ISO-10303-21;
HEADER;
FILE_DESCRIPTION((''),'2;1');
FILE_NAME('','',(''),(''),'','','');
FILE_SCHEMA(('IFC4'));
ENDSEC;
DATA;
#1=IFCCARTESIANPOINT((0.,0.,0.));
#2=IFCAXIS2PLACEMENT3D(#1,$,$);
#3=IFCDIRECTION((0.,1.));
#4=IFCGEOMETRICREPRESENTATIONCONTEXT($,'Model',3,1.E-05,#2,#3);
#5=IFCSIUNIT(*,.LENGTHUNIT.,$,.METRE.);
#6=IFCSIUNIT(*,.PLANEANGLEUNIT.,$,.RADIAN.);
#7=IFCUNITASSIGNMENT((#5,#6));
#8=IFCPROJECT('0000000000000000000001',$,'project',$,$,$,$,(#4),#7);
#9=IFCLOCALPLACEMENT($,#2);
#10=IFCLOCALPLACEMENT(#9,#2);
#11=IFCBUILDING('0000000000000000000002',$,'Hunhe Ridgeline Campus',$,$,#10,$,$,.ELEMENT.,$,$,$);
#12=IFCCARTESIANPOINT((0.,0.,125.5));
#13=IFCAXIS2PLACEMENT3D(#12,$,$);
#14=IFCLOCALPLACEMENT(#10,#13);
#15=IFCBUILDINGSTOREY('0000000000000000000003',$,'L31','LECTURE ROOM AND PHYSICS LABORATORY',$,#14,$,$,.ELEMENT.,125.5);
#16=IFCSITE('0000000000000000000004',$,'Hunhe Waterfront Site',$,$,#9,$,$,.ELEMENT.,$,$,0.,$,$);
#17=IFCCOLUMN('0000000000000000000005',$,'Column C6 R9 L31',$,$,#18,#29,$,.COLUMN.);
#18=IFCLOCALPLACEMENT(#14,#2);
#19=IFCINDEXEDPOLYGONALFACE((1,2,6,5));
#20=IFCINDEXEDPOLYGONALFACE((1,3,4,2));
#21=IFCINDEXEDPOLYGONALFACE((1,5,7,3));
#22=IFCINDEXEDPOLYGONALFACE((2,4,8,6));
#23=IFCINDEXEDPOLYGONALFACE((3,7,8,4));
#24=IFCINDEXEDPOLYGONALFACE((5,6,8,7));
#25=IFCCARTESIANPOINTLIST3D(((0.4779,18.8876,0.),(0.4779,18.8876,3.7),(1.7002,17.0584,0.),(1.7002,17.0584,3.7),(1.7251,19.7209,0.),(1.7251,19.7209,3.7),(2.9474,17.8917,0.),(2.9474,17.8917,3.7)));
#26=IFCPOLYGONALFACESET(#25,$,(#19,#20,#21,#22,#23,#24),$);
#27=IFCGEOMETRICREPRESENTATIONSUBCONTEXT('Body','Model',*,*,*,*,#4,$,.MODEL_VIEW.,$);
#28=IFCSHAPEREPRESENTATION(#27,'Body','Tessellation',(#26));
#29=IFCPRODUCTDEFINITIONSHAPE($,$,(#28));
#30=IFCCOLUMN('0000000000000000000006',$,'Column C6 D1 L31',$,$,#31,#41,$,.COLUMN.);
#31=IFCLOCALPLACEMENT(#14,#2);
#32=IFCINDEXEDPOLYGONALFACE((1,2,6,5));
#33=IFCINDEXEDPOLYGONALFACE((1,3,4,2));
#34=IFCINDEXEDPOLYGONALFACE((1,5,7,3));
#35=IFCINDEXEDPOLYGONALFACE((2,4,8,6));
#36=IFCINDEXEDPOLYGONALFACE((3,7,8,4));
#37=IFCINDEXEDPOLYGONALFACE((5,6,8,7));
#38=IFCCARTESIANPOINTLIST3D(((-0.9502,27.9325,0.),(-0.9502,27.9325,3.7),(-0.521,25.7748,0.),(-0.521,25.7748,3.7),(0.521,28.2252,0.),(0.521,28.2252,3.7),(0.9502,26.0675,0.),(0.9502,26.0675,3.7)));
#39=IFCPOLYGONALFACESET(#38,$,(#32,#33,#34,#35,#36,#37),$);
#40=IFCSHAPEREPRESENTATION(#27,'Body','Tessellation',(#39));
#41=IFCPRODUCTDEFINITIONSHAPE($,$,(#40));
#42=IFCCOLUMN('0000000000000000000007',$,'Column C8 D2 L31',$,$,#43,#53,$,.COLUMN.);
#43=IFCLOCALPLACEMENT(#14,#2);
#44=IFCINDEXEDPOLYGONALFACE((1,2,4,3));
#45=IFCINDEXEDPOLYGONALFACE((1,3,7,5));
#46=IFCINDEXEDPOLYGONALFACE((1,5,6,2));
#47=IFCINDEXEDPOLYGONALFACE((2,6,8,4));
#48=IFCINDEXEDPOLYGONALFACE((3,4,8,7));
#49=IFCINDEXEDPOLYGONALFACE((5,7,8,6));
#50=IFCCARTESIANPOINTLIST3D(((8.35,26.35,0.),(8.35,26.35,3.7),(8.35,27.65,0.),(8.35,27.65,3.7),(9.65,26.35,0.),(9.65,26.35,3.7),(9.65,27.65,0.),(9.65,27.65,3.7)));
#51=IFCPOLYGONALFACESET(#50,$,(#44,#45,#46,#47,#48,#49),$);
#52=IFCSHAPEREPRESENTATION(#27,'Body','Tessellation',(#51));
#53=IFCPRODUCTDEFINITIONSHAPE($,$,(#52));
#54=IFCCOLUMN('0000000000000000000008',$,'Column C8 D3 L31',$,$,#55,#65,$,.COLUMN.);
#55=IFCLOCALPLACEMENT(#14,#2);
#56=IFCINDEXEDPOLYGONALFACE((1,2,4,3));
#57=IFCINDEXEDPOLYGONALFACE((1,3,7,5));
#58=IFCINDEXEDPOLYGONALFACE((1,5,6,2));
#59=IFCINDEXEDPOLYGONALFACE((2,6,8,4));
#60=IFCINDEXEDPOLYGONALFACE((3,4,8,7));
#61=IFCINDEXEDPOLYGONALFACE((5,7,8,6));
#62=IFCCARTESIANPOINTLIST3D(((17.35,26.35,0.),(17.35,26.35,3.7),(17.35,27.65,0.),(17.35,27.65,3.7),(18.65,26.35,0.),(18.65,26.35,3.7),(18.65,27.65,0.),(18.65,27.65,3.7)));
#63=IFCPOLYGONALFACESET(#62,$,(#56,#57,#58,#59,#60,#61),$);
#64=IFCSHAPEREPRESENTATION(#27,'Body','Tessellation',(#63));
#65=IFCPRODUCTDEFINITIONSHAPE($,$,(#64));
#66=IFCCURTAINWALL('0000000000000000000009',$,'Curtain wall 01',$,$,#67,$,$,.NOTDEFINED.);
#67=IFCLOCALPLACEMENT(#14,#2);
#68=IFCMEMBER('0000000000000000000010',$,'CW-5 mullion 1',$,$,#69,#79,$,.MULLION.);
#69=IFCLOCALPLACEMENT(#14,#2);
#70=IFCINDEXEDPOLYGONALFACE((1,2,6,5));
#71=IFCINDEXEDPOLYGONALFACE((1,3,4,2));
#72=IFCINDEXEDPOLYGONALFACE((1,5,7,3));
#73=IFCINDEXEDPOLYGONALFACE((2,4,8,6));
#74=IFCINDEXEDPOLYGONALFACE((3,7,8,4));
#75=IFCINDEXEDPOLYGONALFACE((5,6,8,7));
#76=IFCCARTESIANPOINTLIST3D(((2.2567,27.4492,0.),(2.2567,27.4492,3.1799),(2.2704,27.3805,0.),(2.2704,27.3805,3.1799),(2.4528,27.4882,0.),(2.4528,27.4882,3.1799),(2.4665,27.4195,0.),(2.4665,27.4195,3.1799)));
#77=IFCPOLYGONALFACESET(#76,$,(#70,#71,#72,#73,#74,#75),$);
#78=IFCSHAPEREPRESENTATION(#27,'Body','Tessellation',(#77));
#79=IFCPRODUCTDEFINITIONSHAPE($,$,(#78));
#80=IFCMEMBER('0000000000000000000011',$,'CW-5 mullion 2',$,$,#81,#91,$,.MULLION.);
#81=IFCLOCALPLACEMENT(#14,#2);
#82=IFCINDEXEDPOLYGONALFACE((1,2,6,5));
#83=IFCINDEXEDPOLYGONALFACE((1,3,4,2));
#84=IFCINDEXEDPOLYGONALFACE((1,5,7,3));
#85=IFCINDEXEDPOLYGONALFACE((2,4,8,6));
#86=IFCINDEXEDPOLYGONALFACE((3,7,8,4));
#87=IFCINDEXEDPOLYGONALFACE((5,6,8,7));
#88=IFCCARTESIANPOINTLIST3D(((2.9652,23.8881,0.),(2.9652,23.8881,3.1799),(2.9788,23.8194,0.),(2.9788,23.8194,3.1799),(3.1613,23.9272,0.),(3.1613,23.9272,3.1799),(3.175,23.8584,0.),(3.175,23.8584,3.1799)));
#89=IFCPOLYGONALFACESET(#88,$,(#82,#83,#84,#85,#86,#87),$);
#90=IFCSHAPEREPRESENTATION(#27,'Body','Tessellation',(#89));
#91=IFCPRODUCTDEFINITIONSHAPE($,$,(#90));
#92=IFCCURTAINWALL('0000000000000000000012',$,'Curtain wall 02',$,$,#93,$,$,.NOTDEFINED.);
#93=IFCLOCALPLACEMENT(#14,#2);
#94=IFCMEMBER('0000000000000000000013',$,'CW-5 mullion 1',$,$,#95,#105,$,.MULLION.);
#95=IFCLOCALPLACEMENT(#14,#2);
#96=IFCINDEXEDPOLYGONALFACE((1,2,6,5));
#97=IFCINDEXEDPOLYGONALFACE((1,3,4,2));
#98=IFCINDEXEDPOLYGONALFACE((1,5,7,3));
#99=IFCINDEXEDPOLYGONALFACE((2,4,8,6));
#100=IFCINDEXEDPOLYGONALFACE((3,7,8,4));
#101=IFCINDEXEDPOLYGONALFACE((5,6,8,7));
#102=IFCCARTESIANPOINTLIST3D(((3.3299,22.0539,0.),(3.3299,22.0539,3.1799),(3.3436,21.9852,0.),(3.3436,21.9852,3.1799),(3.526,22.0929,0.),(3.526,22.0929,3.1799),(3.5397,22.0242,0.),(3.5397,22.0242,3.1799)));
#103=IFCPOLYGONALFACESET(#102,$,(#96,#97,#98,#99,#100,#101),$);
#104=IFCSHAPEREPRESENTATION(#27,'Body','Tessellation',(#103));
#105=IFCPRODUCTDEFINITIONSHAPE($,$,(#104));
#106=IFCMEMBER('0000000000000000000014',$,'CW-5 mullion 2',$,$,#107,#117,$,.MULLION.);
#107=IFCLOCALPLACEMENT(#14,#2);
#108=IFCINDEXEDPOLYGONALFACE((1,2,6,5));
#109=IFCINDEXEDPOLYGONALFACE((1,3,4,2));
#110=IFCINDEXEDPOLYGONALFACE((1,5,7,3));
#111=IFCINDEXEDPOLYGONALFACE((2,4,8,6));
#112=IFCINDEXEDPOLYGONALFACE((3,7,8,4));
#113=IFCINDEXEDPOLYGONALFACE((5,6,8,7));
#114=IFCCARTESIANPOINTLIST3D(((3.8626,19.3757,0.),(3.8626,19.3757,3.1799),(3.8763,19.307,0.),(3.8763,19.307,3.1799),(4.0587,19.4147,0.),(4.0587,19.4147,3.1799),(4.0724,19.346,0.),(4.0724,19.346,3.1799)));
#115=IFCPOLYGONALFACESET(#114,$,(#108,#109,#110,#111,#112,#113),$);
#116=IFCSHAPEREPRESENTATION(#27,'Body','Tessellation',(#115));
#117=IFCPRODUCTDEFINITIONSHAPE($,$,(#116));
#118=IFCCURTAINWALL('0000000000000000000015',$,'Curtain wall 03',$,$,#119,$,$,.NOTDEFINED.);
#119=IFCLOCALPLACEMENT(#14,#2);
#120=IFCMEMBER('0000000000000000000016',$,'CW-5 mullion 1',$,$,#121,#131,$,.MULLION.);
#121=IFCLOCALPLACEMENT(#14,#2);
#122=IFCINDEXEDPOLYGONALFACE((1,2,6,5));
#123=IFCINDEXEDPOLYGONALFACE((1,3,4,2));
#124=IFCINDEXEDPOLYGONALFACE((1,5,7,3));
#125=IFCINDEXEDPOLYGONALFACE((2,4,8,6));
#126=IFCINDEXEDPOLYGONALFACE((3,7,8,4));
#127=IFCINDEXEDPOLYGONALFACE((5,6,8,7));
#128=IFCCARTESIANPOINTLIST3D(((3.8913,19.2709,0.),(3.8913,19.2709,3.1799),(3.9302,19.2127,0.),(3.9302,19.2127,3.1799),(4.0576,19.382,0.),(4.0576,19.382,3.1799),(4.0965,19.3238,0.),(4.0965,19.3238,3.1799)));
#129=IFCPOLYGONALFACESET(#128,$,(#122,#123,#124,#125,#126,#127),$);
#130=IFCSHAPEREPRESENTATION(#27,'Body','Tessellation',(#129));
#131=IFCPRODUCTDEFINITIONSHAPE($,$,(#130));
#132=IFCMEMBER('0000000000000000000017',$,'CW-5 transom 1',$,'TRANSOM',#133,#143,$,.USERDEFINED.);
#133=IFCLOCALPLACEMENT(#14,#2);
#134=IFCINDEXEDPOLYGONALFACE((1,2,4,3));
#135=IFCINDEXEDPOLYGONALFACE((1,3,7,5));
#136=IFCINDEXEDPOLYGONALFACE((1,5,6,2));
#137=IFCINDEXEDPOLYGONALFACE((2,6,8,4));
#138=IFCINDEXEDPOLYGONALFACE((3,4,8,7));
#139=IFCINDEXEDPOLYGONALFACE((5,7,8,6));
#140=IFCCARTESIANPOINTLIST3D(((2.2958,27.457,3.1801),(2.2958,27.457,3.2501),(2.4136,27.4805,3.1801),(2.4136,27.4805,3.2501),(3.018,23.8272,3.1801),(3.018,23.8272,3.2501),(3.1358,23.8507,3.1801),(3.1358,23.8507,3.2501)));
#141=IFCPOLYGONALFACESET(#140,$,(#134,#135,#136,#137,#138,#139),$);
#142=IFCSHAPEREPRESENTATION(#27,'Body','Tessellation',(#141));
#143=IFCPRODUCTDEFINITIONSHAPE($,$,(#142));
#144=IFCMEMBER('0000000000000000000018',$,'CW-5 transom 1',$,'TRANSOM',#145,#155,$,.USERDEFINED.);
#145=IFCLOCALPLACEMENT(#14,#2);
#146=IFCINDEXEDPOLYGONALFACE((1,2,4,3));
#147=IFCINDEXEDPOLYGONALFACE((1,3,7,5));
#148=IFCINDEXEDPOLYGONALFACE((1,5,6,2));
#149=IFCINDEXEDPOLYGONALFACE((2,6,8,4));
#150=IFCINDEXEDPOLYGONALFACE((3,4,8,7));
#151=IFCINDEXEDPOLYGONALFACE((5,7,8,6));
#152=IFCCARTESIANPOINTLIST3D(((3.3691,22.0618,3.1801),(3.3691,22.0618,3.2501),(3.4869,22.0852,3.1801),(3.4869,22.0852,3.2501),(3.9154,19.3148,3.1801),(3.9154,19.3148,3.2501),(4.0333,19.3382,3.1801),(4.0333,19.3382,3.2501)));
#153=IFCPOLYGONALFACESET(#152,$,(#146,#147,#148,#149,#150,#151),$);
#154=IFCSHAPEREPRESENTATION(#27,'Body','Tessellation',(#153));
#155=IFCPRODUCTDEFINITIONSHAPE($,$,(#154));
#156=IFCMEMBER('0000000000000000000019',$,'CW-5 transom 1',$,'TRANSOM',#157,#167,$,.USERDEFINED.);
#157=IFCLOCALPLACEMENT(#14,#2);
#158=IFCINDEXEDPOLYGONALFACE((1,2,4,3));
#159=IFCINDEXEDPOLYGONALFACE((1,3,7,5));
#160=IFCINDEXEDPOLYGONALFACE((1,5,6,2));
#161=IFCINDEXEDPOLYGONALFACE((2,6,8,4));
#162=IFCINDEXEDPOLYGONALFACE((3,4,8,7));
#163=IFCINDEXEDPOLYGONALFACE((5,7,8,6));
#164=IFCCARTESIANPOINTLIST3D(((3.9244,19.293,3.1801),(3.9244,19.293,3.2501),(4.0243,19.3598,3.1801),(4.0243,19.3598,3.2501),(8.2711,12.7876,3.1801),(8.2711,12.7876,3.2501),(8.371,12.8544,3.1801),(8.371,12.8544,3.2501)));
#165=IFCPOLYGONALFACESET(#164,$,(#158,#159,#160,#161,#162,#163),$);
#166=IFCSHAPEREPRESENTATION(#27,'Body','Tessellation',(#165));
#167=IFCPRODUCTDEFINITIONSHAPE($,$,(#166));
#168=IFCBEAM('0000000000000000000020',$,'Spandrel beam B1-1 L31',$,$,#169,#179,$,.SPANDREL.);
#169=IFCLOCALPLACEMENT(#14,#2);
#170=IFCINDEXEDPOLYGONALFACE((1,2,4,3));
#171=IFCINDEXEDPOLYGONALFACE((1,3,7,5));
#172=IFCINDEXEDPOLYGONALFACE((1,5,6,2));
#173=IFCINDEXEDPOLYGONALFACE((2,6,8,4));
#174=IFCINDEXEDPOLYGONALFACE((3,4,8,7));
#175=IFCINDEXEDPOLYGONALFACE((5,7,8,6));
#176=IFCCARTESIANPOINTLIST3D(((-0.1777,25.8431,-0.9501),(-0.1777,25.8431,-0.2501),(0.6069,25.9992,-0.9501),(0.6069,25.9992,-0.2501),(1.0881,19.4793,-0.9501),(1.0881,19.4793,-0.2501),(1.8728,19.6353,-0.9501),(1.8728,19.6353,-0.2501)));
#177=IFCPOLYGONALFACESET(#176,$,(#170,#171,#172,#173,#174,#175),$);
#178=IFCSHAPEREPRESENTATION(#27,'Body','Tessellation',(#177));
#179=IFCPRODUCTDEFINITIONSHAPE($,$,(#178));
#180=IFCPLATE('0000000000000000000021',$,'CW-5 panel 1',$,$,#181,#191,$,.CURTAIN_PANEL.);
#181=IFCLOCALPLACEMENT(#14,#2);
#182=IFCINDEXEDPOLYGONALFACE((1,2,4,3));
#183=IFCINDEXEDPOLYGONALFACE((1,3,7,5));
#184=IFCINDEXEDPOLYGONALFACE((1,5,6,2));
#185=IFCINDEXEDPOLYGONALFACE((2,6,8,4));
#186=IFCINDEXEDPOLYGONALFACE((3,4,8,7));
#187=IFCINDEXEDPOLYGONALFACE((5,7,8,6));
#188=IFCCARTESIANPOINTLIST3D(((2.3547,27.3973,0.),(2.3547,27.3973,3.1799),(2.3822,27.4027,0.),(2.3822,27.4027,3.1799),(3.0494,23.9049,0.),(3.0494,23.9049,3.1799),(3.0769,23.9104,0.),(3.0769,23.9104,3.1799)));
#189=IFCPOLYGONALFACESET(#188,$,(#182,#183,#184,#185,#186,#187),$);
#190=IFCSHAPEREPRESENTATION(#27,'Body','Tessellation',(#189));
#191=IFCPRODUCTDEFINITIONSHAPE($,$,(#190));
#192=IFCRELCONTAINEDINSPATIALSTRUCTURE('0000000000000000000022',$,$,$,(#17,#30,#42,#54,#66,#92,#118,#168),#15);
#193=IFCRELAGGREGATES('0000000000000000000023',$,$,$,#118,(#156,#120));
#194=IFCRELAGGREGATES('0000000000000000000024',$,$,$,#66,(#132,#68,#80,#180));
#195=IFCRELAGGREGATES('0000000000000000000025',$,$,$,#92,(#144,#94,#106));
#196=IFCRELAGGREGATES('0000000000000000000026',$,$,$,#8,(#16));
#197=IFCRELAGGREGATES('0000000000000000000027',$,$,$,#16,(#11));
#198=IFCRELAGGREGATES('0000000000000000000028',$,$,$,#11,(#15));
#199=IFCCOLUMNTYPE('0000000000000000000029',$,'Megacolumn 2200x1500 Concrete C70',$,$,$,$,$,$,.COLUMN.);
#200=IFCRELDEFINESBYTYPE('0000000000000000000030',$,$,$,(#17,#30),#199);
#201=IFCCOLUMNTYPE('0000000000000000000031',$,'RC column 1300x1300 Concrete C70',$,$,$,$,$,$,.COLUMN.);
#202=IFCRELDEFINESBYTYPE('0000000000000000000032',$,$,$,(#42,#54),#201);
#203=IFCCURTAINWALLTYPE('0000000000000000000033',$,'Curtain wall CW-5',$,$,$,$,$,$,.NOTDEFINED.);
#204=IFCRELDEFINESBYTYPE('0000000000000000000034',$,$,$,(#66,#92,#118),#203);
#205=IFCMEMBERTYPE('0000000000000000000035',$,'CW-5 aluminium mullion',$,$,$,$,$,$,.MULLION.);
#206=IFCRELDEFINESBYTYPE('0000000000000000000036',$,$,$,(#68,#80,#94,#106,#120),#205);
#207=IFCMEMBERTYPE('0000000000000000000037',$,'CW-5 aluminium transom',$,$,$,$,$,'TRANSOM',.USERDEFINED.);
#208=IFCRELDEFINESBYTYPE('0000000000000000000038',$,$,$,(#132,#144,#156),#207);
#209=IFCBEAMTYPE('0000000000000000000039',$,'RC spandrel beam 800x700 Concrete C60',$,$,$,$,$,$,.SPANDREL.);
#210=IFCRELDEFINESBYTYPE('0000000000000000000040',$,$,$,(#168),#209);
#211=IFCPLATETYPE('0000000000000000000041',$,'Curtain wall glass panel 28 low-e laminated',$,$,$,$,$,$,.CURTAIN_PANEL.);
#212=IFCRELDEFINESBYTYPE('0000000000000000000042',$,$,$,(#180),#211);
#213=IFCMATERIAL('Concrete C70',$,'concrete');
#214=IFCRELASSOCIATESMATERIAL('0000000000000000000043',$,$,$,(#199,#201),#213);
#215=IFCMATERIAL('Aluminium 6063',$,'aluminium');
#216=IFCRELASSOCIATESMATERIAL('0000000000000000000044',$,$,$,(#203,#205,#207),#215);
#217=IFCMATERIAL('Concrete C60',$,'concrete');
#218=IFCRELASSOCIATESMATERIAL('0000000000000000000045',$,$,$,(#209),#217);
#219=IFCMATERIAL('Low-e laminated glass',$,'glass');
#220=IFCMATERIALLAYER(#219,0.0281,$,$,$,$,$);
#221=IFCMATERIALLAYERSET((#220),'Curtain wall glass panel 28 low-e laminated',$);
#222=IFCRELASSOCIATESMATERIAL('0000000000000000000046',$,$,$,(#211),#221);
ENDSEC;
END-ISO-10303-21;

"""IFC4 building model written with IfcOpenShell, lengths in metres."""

from ifc_helpers import new_model, si_unit, direction, frame, origin, origin_2d, place, context, subcontext, project, spatial, rectangle, extrude, material, layer, layer_set, material_profile, profile_set, type_object, element, aggregate, save


model = new_model("IFC4")

# Units and contexts
model_context = context("Model", 3, precision=1e-05, world=origin(), true_north=direction((0.0, 1.0)))
body_context = subcontext(model_context, "Body", "Model", "MODEL_VIEW")
ifc_project = project(units=[si_unit("LENGTHUNIT", "METRE"), si_unit("PLANEANGLEUNIT", "RADIAN")], contexts=[model_context])

# Site, building, storey
site_placement = place(None, origin())
site = spatial("IfcSite", under=ifc_project, at=site_placement, Name="Hunhe Waterfront Site", CompositionType="ELEMENT", RefElevation=0.0)
building_placement = place(site_placement, origin())
building = spatial("IfcBuilding", under=site, at=building_placement, Name="Hunhe Ridgeline Campus", CompositionType="ELEMENT")
storey_placement = place(building_placement, frame((0.0, 0.0, 125.5)))
storey = spatial("IfcBuildingStorey", under=building, at=storey_placement, Name="L31", Description="LECTURE ROOM AND PHYSICS LABORATORY", CompositionType="ELEMENT", Elevation=125.5)

# Columns
ifc_material_1 = material(Name="Concrete C70", Category="concrete")
ifc_material_profile_1 = material_profile(ifc_material_1, rectangle(XDim=2.2, YDim=1.5, at=origin_2d()))
ifc_profile_set_1 = profile_set([ifc_material_profile_1], Name="Concrete C70")
column_type_1 = type_object("IfcColumnType", Name="Megacolumn 2200x1500 Concrete C70", PredefinedType="COLUMN", material=ifc_profile_set_1)
for number, where, z_axis, x_axis, name in (
    (1, (1.7126, 18.3896, 0.0), (0.0, 0.0, 1.0), (-0.55557, 0.83147, 0.0), "Column C6 R9 L31"),
    (2, (0.0, 27.0, 0.0), (0.0, 0.0, 1.0), (-0.19509, 0.980785, 0.0), "Column C6 D1 L31"),
):
    element("IfcColumn", number, at=place(storey_placement, frame(where, z_axis=z_axis, x_axis=x_axis)), inside=storey, type_object=column_type_1, Name=name, PredefinedType="COLUMN", context=body_context, shape_type="SweptSolid", body=[
        extrude(rectangle(XDim=2.2, YDim=1.5, at=origin_2d()), origin(), (0.0, 0.0, 1.0), 3.7),
    ])
ifc_material_profile_2 = material_profile(ifc_material_1, rectangle(XDim=1.3, YDim=1.3, at=origin_2d()))
ifc_profile_set_2 = profile_set([ifc_material_profile_2], Name="Concrete C70")
column_type_2 = type_object("IfcColumnType", Name="RC column 1300x1300 Concrete C70", PredefinedType="COLUMN", material=ifc_profile_set_2)
for number, where, z_axis, x_axis, name in (
    (3, (9.0, 27.0, 0.0), (0.0, 0.0, 1.0), (1.0, 0.0, 0.0), "Column C8 D2 L31"),
    (4, (18.0, 27.0, 0.0), (0.0, 0.0, 1.0), (1.0, 0.0, 0.0), "Column C8 D3 L31"),
):
    element("IfcColumn", number, at=place(storey_placement, frame(where, z_axis=z_axis, x_axis=x_axis)), inside=storey, type_object=column_type_2, Name=name, PredefinedType="COLUMN", context=body_context, shape_type="SweptSolid", body=[
        extrude(rectangle(XDim=1.3, YDim=1.3, at=origin_2d()), origin(), (0.0, 0.0, 1.0), 3.7),
    ])

# Curtain walls, members
ifc_material_2 = material(Name="Aluminium 6063", Category="aluminium")
curtain_wall_type = type_object("IfcCurtainWallType", Name="Curtain wall CW-5", PredefinedType="NOTDEFINED", material=ifc_material_2)
curtain_wall_1_placement = place(storey_placement, origin())
curtain_wall_1 = element("IfcCurtainWall", 5, at=curtain_wall_1_placement, inside=storey, type_object=curtain_wall_type, Name="Curtain wall 01", PredefinedType="NOTDEFINED")
ifc_material_profile_3 = material_profile(ifc_material_2, rectangle(XDim=0.2, YDim=0.0701, at=origin_2d()))
ifc_profile_set_3 = profile_set([ifc_material_profile_3], Name="Aluminium 6063")
member_type_1 = type_object("IfcMemberType", Name="CW-5 aluminium mullion", PredefinedType="MULLION", material=ifc_profile_set_3)
member_1_placement = place(storey_placement, frame((2.3616, 27.4343, 0.0), z_axis=(0.0, 0.0, 1.0), x_axis=(0.980784, 0.195095, 0.0)))
member_1 = element("IfcMember", 6, at=member_1_placement, type_object=member_type_1, Name="CW-5 mullion 1", PredefinedType="MULLION", context=body_context, shape_type="SweptSolid", body=[
    extrude(rectangle(XDim=0.2, YDim=0.0701, at=origin_2d()), origin(), (0.0, 0.0, 1.0), 3.1799),
])
member_2_placement = place(storey_placement, frame((3.0701, 23.8733, 0.0), z_axis=(0.0, 0.0, 1.0), x_axis=(0.980784, 0.195095, 0.0)))
member_2 = element("IfcMember", 7, at=member_2_placement, type_object=member_type_1, Name="CW-5 mullion 2", PredefinedType="MULLION", context=body_context, shape_type="SweptSolid", body=[
    extrude(rectangle(XDim=0.2, YDim=0.0701, at=origin_2d()), origin(), (0.0, 0.0, 1.0), 3.1799),
])
curtain_wall_2_placement = place(storey_placement, origin())
curtain_wall_2 = element("IfcCurtainWall", 8, at=curtain_wall_2_placement, inside=storey, type_object=curtain_wall_type, Name="Curtain wall 02", PredefinedType="NOTDEFINED")
member_3_placement = place(storey_placement, frame((3.4348, 22.0391, 0.0), z_axis=(0.0, 0.0, 1.0), x_axis=(0.980784, 0.195095, 0.0)))
member_3 = element("IfcMember", 9, at=member_3_placement, type_object=member_type_1, Name="CW-5 mullion 1", PredefinedType="MULLION", context=body_context, shape_type="SweptSolid", body=[
    extrude(rectangle(XDim=0.2, YDim=0.0701, at=origin_2d()), origin(), (0.0, 0.0, 1.0), 3.1799),
])
member_4_placement = place(storey_placement, frame((3.9675, 19.3608, 0.0), z_axis=(0.0, 0.0, 1.0), x_axis=(0.980784, 0.195095, 0.0)))
member_4 = element("IfcMember", 10, at=member_4_placement, type_object=member_type_1, Name="CW-5 mullion 2", PredefinedType="MULLION", context=body_context, shape_type="SweptSolid", body=[
    extrude(rectangle(XDim=0.2, YDim=0.0701, at=origin_2d()), origin(), (0.0, 0.0, 1.0), 3.1799),
])

# Curtain wall, member
curtain_wall_3_placement = place(storey_placement, origin())
curtain_wall_3 = element("IfcCurtainWall", 11, at=curtain_wall_3_placement, inside=storey, type_object=curtain_wall_type, Name="Curtain wall 03", PredefinedType="NOTDEFINED")
member_5_placement = place(storey_placement, frame((3.9939, 19.2974, 0.0), z_axis=(0.0, 0.0, 1.0), x_axis=(0.83147, 0.55557, 0.0)))
member_5 = element("IfcMember", 12, at=member_5_placement, type_object=member_type_1, Name="CW-5 mullion 1", PredefinedType="MULLION", context=body_context, shape_type="SweptSolid", body=[
    extrude(rectangle(XDim=0.2, YDim=0.0701, at=origin_2d()), origin(), (0.0, 0.0, 1.0), 3.1799),
])

# Members
ifc_material_profile_4 = material_profile(ifc_material_2, rectangle(XDim=0.1201, YDim=0.0701, at=origin_2d()))
ifc_profile_set_4 = profile_set([ifc_material_profile_4], Name="Aluminium 6063")
member_type_2 = type_object("IfcMemberType", Name="CW-5 aluminium transom", ElementType="TRANSOM", PredefinedType="USERDEFINED", material=ifc_profile_set_4)
member_6_placement = place(storey_placement, frame((2.3547, 27.4688, 3.2151), z_axis=(0.195127, -0.980778, 0.0), x_axis=(0.980778, 0.195127, 0.0)))
member_6 = element("IfcMember", 13, at=member_6_placement, type_object=member_type_2, Name="CW-5 transom 1", ObjectType="TRANSOM", PredefinedType="USERDEFINED", context=body_context, shape_type="SweptSolid", body=[
    extrude(rectangle(XDim=0.1201, YDim=0.0701, at=origin_2d()), origin(), (0.0, 0.0, 1.0), 3.7009),
])
member_7_placement = place(storey_placement, frame((3.428, 22.0735, 3.2151), z_axis=(0.195077, -0.980788, 0.0), x_axis=(0.980788, 0.195077, 0.0)))
member_7 = element("IfcMember", 14, at=member_7_placement, type_object=member_type_2, Name="CW-5 transom 1", ObjectType="TRANSOM", PredefinedType="USERDEFINED", context=body_context, shape_type="SweptSolid", body=[
    extrude(rectangle(XDim=0.1201, YDim=0.0701, at=origin_2d()), origin(), (0.0, 0.0, 1.0), 2.8008),
])
member_8_placement = place(storey_placement, frame((3.9744, 19.3264, 3.2151), z_axis=(0.555564, -0.831474, 0.0), x_axis=(0.831474, 0.555564, 0.0)))
member_8 = element("IfcMember", 15, at=member_8_placement, type_object=member_type_2, Name="CW-5 transom 1", ObjectType="TRANSOM", PredefinedType="USERDEFINED", context=body_context, shape_type="SweptSolid", body=[
    extrude(rectangle(XDim=0.1201, YDim=0.0701, at=origin_2d()), origin(), (0.0, 0.0, 1.0), 7.824),
])
aggregate(curtain_wall_3, [member_8, member_5])

# Beam
ifc_material_3 = material(Name="Concrete C60", Category="concrete")
ifc_material_profile_5 = material_profile(ifc_material_3, rectangle(XDim=0.8, YDim=0.7, at=origin_2d()))
ifc_profile_set_5 = profile_set([ifc_material_profile_5], Name="Concrete C60")
beam_type = type_object("IfcBeamType", Name="RC spandrel beam 800x700 Concrete C60", PredefinedType="SPANDREL", material=ifc_profile_set_5)
beam_placement = place(storey_placement, frame((0.2146, 25.9211, -0.6001), z_axis=(0.195096, -0.980784, 0.0), x_axis=(0.980784, 0.195096, 0.0)))
element("IfcBeam", 16, at=beam_placement, inside=storey, type_object=beam_type, Name="Spandrel beam B1-1 L31", PredefinedType="SPANDREL", context=body_context, shape_type="SweptSolid", body=[
    extrude(rectangle(XDim=0.8, YDim=0.7, at=origin_2d()), origin(), (0.0, 0.0, 1.0), 6.4885),
])

# Plate
ifc_material_4 = material(Name="Low-e laminated glass", Category="glass")
ifc_layer_1 = layer(ifc_material_4, 0.0281)
ifc_layer_set_1 = layer_set([ifc_layer_1], Name="Curtain wall glass panel 28 low-e laminated")
plate_type = type_object("IfcPlateType", Name="Curtain wall glass panel 28 low-e laminated", PredefinedType="CURTAIN_PANEL", material=ifc_layer_set_1)
plate_1_placement = place(storey_placement, frame((2.7158, 25.6538, 0.0), z_axis=(0.0, 0.0, 1.0), x_axis=(0.195095, -0.980784, 0.0)))
plate_1 = element("IfcPlate", 17, at=plate_1_placement, type_object=plate_type, Name="CW-5 panel 1", PredefinedType="CURTAIN_PANEL", context=body_context, shape_type="SweptSolid", body=[
    extrude(rectangle(XDim=3.5608, YDim=0.0281, at=origin_2d()), origin(), (0.0, 0.0, 1.0), 3.1799),
])
aggregate(curtain_wall_1, [member_6, member_1, member_2, plate_1])
aggregate(curtain_wall_2, [member_7, member_3, member_4])

save(model, "model.ifc")
